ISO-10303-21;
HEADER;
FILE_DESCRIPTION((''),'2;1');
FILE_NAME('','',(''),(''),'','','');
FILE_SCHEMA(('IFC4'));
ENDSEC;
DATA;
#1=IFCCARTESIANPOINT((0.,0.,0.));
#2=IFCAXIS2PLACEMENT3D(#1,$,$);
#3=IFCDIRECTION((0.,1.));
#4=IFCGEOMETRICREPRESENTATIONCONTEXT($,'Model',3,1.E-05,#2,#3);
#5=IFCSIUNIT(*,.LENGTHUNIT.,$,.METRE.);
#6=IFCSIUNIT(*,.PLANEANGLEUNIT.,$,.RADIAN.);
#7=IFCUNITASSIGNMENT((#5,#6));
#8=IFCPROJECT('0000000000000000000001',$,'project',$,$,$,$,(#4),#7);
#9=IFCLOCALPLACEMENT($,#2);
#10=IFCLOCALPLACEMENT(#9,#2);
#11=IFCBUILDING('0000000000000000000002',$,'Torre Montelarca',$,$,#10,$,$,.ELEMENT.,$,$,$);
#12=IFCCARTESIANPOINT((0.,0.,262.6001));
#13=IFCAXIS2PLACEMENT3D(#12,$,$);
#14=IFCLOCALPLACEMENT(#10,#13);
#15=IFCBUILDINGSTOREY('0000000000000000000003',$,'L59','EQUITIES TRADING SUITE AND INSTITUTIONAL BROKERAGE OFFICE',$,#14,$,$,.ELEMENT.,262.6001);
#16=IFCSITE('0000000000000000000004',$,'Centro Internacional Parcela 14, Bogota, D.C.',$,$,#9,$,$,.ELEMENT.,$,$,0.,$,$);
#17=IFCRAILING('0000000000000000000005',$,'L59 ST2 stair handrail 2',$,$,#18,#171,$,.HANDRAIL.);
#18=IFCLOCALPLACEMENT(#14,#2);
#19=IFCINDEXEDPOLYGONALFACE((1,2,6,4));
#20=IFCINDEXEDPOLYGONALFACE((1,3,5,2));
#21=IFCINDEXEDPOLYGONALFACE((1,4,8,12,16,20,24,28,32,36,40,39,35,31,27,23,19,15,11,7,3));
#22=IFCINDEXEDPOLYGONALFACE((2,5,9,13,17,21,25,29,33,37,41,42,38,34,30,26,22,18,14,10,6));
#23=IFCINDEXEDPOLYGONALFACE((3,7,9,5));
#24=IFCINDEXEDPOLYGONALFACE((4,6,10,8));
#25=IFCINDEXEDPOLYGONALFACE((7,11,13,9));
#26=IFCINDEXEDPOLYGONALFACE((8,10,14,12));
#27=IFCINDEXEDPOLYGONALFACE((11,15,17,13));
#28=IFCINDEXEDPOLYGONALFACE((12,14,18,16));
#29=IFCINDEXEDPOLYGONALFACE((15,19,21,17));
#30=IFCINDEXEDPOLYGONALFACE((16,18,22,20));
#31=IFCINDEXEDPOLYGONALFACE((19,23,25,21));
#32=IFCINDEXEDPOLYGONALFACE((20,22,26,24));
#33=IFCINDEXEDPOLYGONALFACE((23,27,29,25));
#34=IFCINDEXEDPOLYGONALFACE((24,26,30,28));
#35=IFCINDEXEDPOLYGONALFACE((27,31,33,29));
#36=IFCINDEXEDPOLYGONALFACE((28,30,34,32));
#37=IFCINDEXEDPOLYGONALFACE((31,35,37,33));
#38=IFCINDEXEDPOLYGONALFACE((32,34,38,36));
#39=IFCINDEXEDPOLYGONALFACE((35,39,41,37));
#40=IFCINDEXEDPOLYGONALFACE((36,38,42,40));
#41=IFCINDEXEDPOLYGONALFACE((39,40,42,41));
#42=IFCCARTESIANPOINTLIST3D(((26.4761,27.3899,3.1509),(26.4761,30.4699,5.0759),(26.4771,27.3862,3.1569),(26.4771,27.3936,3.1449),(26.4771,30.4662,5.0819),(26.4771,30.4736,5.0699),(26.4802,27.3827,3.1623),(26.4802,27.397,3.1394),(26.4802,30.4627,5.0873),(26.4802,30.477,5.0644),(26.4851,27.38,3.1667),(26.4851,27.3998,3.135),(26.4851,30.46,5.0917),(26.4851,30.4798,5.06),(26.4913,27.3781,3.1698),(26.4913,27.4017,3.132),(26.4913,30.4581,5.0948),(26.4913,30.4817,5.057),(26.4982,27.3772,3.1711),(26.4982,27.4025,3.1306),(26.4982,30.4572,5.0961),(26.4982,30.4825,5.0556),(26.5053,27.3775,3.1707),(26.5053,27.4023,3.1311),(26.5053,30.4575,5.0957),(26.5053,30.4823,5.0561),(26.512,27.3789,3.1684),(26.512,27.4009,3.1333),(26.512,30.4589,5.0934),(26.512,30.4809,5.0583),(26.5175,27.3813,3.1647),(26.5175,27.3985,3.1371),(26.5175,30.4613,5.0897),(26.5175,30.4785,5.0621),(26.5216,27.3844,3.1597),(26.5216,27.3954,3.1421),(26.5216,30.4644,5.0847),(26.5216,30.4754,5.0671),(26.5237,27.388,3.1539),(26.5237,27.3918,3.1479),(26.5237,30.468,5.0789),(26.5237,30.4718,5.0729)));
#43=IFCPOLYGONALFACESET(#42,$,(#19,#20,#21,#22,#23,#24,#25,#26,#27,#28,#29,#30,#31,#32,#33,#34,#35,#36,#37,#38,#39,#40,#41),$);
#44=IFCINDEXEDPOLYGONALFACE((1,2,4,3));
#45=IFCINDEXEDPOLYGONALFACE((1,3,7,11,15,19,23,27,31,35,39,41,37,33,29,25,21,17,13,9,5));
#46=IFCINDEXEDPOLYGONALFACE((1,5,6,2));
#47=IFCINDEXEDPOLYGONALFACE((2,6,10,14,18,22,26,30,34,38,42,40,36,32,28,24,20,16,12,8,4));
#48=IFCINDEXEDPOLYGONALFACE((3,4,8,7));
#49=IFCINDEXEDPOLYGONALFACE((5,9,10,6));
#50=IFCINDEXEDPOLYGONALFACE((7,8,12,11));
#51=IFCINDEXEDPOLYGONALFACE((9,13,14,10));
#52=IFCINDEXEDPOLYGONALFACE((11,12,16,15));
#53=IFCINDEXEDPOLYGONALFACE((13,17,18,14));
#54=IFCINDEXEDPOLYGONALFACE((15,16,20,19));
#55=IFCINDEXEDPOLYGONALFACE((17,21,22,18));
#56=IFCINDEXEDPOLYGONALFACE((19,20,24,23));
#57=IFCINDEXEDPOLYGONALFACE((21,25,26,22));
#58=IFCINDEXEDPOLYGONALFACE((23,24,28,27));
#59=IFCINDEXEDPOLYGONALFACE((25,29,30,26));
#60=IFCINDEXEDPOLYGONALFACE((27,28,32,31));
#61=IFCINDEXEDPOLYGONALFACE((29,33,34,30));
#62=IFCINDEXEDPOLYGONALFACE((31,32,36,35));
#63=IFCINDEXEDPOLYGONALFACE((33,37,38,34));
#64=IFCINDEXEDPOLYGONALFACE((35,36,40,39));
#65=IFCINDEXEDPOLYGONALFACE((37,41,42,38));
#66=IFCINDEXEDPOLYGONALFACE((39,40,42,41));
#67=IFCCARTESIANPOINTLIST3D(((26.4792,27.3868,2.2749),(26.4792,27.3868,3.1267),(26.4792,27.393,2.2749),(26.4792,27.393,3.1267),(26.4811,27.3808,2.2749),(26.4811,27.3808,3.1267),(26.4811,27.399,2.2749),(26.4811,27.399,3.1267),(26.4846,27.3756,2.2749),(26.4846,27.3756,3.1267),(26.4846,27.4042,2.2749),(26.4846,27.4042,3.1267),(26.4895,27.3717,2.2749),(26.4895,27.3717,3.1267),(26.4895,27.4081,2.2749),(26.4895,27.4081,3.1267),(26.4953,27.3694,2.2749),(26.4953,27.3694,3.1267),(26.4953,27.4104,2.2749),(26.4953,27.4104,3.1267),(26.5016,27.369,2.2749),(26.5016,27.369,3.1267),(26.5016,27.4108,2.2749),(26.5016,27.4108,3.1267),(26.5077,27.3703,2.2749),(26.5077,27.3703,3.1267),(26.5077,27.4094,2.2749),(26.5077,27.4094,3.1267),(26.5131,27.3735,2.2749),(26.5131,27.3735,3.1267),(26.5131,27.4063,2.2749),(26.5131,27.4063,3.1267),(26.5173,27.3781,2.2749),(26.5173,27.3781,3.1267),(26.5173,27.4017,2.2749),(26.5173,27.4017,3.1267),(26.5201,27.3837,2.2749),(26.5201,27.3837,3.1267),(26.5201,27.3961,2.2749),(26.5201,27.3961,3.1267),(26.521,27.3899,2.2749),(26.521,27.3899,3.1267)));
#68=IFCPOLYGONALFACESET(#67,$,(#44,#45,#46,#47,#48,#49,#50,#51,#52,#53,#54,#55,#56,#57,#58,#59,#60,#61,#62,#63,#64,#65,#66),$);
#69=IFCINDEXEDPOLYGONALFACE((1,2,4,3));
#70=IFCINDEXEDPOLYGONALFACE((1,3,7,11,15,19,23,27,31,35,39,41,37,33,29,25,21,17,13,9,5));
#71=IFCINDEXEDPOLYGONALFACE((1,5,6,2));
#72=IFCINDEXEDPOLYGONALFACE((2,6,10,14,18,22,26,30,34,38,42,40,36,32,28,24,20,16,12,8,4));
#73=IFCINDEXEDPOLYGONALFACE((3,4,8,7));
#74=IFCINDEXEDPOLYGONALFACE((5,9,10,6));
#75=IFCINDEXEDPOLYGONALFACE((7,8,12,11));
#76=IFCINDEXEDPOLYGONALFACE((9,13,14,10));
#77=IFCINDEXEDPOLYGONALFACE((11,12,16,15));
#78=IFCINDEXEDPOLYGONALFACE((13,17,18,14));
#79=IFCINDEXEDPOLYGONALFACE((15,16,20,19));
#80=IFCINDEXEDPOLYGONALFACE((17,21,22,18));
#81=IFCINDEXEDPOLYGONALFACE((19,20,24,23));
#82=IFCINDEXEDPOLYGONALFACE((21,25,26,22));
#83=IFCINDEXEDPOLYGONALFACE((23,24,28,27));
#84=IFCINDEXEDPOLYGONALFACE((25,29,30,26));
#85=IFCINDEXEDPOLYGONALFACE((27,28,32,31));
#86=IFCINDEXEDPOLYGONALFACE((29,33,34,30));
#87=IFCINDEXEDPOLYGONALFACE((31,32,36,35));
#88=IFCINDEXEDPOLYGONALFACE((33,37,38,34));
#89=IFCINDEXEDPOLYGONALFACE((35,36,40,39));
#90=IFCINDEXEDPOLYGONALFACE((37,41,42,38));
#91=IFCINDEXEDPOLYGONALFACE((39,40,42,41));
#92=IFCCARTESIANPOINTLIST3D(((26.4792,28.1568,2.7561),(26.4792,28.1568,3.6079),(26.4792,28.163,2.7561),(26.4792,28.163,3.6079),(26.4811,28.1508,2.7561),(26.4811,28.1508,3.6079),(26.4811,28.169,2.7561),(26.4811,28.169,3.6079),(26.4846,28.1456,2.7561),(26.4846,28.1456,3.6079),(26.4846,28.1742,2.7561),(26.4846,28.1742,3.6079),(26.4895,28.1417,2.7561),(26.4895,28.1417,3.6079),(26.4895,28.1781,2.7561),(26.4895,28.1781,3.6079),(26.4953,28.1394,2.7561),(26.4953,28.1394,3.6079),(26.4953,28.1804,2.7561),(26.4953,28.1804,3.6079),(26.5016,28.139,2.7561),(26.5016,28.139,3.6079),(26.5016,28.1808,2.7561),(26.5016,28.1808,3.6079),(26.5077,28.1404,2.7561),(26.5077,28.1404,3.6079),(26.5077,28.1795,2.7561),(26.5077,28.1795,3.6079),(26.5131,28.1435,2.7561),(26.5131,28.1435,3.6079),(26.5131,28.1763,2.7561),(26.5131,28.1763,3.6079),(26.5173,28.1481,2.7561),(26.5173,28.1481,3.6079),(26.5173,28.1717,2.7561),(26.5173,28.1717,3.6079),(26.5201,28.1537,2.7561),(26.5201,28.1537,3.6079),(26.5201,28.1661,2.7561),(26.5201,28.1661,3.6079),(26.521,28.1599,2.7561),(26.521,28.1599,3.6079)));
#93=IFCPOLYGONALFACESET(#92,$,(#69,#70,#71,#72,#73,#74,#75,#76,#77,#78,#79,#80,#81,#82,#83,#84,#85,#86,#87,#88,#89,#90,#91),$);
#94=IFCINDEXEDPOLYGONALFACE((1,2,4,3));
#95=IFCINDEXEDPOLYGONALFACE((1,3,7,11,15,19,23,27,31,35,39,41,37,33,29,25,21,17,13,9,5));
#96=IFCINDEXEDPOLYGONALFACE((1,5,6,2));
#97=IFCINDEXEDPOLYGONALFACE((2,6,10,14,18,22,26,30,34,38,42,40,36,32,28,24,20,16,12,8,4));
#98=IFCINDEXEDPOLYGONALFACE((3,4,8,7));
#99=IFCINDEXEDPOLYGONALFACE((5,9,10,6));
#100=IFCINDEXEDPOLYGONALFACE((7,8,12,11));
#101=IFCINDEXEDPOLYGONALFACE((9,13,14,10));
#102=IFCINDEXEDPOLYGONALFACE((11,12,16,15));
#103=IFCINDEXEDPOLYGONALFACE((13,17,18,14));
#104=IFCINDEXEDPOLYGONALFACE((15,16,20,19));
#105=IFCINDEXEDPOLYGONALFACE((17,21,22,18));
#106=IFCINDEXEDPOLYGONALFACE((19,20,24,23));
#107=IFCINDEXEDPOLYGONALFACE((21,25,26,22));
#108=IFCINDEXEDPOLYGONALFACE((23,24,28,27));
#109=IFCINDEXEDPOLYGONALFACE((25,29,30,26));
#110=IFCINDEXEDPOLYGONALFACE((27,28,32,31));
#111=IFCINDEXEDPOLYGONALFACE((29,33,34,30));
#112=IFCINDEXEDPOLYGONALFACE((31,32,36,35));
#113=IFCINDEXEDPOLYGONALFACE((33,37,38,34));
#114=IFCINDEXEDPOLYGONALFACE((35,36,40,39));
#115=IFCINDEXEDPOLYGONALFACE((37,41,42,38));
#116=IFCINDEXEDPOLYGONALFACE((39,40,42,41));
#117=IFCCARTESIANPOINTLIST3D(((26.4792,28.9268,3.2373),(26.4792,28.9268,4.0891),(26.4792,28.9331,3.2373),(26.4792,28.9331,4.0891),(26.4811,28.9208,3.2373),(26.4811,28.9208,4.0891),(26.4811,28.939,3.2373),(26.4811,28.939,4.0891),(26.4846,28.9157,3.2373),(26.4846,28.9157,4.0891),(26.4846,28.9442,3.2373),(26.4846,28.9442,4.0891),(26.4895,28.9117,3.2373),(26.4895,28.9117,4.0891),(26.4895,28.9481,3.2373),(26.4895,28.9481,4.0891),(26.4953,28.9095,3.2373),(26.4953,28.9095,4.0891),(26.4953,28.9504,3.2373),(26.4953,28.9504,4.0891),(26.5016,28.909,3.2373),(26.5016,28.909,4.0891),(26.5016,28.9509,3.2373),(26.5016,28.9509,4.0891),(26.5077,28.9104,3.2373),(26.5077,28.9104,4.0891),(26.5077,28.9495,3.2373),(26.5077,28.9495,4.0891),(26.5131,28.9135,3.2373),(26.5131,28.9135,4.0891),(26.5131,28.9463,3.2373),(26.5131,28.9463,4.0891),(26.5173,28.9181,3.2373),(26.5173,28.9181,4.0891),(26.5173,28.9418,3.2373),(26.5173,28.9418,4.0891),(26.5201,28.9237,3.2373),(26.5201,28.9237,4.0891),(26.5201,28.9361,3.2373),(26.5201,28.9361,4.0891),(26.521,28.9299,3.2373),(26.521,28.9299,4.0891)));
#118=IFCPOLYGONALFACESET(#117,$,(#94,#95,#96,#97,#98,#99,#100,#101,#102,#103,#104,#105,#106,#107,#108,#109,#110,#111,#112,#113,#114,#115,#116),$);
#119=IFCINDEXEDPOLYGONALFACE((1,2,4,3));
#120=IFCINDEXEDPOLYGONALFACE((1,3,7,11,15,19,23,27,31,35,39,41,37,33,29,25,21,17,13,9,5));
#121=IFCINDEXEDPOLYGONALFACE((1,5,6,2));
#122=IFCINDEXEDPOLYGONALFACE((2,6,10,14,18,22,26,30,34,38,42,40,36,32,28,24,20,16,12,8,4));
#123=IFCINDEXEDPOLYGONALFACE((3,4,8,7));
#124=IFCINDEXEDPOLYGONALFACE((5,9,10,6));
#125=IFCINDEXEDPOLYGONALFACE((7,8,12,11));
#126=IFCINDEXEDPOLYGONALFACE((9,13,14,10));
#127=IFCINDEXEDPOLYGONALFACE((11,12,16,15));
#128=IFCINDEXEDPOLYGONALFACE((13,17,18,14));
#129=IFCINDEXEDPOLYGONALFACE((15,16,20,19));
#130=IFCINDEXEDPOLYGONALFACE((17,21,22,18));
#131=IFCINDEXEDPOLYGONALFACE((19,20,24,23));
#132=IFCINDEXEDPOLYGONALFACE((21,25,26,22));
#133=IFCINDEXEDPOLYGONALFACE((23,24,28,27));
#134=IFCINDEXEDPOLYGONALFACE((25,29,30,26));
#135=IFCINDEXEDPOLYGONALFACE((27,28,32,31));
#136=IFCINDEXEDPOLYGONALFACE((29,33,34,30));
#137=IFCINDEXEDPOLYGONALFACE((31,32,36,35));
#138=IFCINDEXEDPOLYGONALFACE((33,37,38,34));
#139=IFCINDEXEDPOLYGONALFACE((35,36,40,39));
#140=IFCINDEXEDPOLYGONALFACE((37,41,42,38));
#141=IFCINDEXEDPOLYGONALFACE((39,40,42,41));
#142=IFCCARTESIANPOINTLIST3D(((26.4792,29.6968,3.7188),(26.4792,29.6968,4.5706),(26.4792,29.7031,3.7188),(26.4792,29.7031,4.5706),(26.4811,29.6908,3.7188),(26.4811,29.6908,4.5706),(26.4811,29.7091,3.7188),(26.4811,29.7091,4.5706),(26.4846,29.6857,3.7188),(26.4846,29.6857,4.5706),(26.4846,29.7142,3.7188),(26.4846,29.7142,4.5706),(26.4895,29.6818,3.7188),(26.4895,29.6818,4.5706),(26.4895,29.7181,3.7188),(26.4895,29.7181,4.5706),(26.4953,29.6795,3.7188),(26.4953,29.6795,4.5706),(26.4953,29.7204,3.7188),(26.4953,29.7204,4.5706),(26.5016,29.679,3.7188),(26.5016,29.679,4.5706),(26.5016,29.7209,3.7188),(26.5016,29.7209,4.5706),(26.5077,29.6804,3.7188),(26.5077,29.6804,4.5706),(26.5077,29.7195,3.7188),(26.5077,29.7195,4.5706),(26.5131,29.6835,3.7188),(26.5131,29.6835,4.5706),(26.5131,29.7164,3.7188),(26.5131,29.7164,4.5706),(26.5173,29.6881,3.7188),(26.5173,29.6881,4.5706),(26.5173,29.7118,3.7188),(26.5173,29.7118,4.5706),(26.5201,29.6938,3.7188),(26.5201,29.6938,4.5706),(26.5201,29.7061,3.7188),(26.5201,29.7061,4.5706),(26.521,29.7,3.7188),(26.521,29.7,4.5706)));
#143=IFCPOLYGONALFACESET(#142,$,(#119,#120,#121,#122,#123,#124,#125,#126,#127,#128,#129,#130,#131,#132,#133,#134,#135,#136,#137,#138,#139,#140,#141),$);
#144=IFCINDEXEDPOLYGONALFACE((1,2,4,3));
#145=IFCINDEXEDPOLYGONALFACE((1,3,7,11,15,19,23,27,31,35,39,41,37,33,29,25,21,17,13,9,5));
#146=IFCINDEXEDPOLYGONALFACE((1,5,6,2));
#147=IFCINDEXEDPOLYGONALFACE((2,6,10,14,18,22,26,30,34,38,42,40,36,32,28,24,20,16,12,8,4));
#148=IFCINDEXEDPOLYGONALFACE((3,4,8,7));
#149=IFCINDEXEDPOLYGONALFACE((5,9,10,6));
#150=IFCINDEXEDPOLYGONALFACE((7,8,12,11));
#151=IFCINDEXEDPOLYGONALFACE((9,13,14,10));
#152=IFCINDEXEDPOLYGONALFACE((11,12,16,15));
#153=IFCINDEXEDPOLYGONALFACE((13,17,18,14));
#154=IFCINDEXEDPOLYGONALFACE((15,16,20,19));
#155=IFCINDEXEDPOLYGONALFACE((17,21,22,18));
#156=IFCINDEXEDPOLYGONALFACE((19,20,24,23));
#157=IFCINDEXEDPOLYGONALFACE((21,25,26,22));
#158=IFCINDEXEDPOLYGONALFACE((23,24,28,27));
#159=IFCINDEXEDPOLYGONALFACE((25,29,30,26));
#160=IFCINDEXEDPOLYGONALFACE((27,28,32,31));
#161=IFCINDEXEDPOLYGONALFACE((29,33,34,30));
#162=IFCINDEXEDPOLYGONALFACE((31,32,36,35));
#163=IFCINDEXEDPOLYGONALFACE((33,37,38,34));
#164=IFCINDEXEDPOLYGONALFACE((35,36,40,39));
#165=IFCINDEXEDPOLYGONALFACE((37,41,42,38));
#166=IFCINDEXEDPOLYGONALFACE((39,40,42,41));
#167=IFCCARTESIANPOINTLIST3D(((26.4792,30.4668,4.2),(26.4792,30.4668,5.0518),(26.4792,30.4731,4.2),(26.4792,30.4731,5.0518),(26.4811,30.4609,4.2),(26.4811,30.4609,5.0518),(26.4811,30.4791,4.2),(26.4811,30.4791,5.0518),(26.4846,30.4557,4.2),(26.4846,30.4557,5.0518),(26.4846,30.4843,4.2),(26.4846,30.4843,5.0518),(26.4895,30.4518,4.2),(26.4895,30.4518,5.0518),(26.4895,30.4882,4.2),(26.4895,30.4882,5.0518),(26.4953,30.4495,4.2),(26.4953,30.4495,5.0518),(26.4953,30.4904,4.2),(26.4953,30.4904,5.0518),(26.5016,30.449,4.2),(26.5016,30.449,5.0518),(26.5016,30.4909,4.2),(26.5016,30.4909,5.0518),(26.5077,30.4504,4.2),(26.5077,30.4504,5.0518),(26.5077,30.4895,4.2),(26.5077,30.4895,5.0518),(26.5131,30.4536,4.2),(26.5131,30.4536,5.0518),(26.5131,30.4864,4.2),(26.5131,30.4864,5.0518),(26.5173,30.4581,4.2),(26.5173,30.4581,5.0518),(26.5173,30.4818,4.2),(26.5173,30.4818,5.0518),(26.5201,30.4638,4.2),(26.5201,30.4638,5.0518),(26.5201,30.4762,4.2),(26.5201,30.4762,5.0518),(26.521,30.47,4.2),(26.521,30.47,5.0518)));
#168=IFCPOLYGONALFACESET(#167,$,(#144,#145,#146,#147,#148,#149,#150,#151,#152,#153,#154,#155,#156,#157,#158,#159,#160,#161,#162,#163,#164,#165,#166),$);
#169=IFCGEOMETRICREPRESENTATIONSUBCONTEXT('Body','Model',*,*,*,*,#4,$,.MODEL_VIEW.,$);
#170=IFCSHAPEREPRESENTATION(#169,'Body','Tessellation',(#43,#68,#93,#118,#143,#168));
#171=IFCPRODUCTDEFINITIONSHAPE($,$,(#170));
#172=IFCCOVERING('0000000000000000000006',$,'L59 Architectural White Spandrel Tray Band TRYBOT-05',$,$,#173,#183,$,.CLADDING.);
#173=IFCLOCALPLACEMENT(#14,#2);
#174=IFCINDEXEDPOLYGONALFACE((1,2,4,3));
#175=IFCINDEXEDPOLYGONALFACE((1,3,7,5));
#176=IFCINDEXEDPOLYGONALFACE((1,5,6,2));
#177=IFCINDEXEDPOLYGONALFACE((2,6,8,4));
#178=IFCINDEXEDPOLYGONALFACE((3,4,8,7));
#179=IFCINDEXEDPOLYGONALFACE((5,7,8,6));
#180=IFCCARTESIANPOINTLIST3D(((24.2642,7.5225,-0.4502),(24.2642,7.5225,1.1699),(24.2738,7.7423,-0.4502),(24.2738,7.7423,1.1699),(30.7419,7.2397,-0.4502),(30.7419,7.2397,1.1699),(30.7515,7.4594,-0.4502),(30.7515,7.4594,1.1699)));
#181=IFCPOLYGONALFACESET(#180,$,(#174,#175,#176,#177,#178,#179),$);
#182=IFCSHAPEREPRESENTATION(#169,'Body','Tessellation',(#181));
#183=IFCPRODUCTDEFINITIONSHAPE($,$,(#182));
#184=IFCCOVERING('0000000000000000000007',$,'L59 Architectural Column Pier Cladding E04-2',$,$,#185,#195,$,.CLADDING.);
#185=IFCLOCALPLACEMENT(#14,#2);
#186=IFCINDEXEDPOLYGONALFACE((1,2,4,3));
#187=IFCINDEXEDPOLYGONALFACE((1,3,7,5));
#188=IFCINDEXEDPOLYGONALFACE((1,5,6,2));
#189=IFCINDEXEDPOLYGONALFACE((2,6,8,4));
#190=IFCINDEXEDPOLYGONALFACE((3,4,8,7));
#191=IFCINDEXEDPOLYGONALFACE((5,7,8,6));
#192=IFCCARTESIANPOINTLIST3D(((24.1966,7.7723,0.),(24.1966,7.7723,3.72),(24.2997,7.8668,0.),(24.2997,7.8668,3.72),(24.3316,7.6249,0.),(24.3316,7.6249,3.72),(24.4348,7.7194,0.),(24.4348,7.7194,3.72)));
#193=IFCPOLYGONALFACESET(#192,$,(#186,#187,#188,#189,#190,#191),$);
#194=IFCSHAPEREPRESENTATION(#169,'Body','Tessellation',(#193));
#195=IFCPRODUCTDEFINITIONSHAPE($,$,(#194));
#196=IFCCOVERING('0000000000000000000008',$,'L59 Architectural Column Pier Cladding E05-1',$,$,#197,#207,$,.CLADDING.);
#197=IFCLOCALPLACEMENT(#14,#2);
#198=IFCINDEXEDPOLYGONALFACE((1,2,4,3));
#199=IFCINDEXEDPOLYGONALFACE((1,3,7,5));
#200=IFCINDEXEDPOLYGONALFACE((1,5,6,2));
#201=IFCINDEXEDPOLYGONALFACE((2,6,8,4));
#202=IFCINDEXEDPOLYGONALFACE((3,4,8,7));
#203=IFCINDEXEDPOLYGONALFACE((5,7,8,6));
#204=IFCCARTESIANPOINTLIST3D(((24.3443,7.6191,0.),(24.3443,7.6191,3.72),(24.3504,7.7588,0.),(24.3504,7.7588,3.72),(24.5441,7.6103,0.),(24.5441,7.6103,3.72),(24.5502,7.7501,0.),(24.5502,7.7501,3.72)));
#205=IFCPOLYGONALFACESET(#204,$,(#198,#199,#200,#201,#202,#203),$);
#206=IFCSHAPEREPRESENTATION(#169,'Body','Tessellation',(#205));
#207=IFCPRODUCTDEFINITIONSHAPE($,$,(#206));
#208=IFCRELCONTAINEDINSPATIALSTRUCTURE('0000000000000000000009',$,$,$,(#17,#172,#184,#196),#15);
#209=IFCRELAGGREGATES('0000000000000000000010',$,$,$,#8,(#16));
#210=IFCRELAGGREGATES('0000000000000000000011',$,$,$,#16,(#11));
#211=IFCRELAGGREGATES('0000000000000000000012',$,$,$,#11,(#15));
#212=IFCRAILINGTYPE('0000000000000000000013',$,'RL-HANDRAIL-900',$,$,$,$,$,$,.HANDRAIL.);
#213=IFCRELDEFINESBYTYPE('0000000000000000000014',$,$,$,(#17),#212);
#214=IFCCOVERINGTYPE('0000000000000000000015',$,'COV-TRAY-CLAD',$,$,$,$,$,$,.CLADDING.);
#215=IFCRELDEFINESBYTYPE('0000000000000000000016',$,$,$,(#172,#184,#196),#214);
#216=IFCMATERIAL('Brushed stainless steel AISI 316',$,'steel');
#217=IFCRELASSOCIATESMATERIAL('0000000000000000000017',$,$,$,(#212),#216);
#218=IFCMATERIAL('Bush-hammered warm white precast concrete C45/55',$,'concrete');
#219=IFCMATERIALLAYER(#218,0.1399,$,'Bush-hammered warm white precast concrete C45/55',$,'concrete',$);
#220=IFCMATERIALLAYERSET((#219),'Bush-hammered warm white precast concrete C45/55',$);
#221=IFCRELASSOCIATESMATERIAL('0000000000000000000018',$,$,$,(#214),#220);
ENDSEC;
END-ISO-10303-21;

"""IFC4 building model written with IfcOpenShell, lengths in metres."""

from ifc_helpers import new_model, si_unit, direction, frame, origin, origin_2d, place, context, subcontext, project, spatial, rectangle, circle, extrude, source, transform, mapped, material, layer, layer_set, type_object, element, save


model = new_model("IFC4")

# Units and contexts
model_context = context("Model", 3, precision=1e-05, world=origin(), true_north=direction((0.0, 1.0)))
body_context = subcontext(model_context, "Body", "Model", "MODEL_VIEW")
ifc_project = project(units=[si_unit("LENGTHUNIT", "METRE"), si_unit("PLANEANGLEUNIT", "RADIAN")], contexts=[model_context])

# Site, building, storey
site_placement = place(None, origin())
site = spatial("IfcSite", under=ifc_project, at=site_placement, Name="Centro Internacional Parcela 14, Bogota, D.C.", CompositionType="ELEMENT", RefElevation=0.0)
building_placement = place(site_placement, origin())
building = spatial("IfcBuilding", under=site, at=building_placement, Name="Torre Montelarca", CompositionType="ELEMENT")
storey_placement = place(building_placement, frame((0.0, 0.0, 262.6001)))
storey = spatial("IfcBuildingStorey", under=building, at=storey_placement, Name="L59", Description="EQUITIES TRADING SUITE AND INSTITUTIONAL BROKERAGE OFFICE", CompositionType="ELEMENT", Elevation=262.6001)

# Railing
ifc_material_1 = material(Name="Brushed stainless steel AISI 316", Category="steel")
railing_type_1 = type_object("IfcRailingType", Name="RL-HANDRAIL-900", PredefinedType="HANDRAIL", material=ifc_material_1)
railing_1_placement = place(storey_placement, frame((26.5, 27.3899, 2.2749)))
element("IfcRailing", 1, at=railing_1_placement, inside=storey, type_object=railing_type_1, Name="L59 ST2 stair handrail 2", PredefinedType="HANDRAIL", context=body_context, shape_type="SweptSolid", body=[
    extrude(circle(Radius=0.0239, at=origin_2d()), frame((0.0, 0.0, 0.876), z_axis=(0.0, 0.847998, 0.529999), x_axis=(-1.0, 0.0, 0.0)), (0.0, 0.0, 1.0), 3.6321),
    extrude(circle(Radius=0.021, at=origin_2d()), origin(), (0.0, 0.0, 1.0), 0.8518),
    extrude(circle(Radius=0.021, at=origin_2d()), frame((0.0, 0.77, 0.4812)), (0.0, 0.0, 1.0), 0.8518),
    extrude(circle(Radius=0.021, at=origin_2d()), frame((0.0, 1.54, 0.9624)), (0.0, 0.0, 1.0), 0.8518),
    extrude(circle(Radius=0.021, at=origin_2d()), frame((0.0, 2.3101, 1.4438)), (0.0, 0.0, 1.0), 0.8518),
    extrude(circle(Radius=0.021, at=origin_2d()), frame((0.0, 3.0801, 1.925)), (0.0, 0.0, 1.0), 0.8518),
])

# Coverings
ifc_material_2 = material(Name="Bush-hammered warm white precast concrete C45/55", Category="concrete")
ifc_layer_1 = layer(ifc_material_2, 0.1399, Name="Bush-hammered warm white precast concrete C45/55", Category="concrete")
ifc_layer_set_1 = layer_set([ifc_layer_1], Name="Bush-hammered warm white precast concrete C45/55")
covering_type = type_object("IfcCoveringType", Name="COV-TRAY-CLAD", PredefinedType="CLADDING", material=ifc_layer_set_1)
shared_shape_1 = source(origin(), body_context, "Body", "SweptSolid", [
    extrude(rectangle(XDim=6.4839, YDim=0.22, at=origin_2d()), origin(), (0.0, 0.0, 1.0), 1.6201),
])
covering_placement = place(storey_placement, frame((27.5078, 7.491, -0.4502), z_axis=(0.0, 0.0, 1.0), x_axis=(0.999048, -0.043621, 0.0)))
element("IfcCovering", 2, at=covering_placement, inside=storey, type_object=covering_type, Name="L59 Architectural White Spandrel Tray Band TRYBOT-05", PredefinedType="CLADDING", context=body_context, shape_type="MappedRepresentation", body=[
    mapped(shared_shape_1, transform((0.0, 0.0, 0.0), scale=1.0)),
])
shared_shape_2 = source(origin(), body_context, "Body", "SweptSolid", [
    extrude(rectangle(XDim=0.2, YDim=0.1399, at=origin_2d()), origin(), (0.0, 0.0, 1.0), 3.72),
])
for number, where, z_axis, x_axis, name in (
    (3, (24.3157, 7.7458, 0.0), (0.0, 0.0, 1.0), (0.675585, -0.737282, 0.0), "L59 Architectural Column Pier Cladding E04-2"),
    (4, (24.4473, 7.6846, 0.0), (0.0, 0.0, 1.0), (0.999048, -0.043628, 0.0), "L59 Architectural Column Pier Cladding E05-1"),
):
    element("IfcCovering", number, at=place(storey_placement, frame(where, z_axis=z_axis, x_axis=x_axis)), inside=storey, type_object=covering_type, Name=name, PredefinedType="CLADDING", context=body_context, shape_type="MappedRepresentation", body=[
        mapped(shared_shape_2, transform((0.0, 0.0, 0.0), scale=1.0)),
    ])

save(model, "model.ifc")
